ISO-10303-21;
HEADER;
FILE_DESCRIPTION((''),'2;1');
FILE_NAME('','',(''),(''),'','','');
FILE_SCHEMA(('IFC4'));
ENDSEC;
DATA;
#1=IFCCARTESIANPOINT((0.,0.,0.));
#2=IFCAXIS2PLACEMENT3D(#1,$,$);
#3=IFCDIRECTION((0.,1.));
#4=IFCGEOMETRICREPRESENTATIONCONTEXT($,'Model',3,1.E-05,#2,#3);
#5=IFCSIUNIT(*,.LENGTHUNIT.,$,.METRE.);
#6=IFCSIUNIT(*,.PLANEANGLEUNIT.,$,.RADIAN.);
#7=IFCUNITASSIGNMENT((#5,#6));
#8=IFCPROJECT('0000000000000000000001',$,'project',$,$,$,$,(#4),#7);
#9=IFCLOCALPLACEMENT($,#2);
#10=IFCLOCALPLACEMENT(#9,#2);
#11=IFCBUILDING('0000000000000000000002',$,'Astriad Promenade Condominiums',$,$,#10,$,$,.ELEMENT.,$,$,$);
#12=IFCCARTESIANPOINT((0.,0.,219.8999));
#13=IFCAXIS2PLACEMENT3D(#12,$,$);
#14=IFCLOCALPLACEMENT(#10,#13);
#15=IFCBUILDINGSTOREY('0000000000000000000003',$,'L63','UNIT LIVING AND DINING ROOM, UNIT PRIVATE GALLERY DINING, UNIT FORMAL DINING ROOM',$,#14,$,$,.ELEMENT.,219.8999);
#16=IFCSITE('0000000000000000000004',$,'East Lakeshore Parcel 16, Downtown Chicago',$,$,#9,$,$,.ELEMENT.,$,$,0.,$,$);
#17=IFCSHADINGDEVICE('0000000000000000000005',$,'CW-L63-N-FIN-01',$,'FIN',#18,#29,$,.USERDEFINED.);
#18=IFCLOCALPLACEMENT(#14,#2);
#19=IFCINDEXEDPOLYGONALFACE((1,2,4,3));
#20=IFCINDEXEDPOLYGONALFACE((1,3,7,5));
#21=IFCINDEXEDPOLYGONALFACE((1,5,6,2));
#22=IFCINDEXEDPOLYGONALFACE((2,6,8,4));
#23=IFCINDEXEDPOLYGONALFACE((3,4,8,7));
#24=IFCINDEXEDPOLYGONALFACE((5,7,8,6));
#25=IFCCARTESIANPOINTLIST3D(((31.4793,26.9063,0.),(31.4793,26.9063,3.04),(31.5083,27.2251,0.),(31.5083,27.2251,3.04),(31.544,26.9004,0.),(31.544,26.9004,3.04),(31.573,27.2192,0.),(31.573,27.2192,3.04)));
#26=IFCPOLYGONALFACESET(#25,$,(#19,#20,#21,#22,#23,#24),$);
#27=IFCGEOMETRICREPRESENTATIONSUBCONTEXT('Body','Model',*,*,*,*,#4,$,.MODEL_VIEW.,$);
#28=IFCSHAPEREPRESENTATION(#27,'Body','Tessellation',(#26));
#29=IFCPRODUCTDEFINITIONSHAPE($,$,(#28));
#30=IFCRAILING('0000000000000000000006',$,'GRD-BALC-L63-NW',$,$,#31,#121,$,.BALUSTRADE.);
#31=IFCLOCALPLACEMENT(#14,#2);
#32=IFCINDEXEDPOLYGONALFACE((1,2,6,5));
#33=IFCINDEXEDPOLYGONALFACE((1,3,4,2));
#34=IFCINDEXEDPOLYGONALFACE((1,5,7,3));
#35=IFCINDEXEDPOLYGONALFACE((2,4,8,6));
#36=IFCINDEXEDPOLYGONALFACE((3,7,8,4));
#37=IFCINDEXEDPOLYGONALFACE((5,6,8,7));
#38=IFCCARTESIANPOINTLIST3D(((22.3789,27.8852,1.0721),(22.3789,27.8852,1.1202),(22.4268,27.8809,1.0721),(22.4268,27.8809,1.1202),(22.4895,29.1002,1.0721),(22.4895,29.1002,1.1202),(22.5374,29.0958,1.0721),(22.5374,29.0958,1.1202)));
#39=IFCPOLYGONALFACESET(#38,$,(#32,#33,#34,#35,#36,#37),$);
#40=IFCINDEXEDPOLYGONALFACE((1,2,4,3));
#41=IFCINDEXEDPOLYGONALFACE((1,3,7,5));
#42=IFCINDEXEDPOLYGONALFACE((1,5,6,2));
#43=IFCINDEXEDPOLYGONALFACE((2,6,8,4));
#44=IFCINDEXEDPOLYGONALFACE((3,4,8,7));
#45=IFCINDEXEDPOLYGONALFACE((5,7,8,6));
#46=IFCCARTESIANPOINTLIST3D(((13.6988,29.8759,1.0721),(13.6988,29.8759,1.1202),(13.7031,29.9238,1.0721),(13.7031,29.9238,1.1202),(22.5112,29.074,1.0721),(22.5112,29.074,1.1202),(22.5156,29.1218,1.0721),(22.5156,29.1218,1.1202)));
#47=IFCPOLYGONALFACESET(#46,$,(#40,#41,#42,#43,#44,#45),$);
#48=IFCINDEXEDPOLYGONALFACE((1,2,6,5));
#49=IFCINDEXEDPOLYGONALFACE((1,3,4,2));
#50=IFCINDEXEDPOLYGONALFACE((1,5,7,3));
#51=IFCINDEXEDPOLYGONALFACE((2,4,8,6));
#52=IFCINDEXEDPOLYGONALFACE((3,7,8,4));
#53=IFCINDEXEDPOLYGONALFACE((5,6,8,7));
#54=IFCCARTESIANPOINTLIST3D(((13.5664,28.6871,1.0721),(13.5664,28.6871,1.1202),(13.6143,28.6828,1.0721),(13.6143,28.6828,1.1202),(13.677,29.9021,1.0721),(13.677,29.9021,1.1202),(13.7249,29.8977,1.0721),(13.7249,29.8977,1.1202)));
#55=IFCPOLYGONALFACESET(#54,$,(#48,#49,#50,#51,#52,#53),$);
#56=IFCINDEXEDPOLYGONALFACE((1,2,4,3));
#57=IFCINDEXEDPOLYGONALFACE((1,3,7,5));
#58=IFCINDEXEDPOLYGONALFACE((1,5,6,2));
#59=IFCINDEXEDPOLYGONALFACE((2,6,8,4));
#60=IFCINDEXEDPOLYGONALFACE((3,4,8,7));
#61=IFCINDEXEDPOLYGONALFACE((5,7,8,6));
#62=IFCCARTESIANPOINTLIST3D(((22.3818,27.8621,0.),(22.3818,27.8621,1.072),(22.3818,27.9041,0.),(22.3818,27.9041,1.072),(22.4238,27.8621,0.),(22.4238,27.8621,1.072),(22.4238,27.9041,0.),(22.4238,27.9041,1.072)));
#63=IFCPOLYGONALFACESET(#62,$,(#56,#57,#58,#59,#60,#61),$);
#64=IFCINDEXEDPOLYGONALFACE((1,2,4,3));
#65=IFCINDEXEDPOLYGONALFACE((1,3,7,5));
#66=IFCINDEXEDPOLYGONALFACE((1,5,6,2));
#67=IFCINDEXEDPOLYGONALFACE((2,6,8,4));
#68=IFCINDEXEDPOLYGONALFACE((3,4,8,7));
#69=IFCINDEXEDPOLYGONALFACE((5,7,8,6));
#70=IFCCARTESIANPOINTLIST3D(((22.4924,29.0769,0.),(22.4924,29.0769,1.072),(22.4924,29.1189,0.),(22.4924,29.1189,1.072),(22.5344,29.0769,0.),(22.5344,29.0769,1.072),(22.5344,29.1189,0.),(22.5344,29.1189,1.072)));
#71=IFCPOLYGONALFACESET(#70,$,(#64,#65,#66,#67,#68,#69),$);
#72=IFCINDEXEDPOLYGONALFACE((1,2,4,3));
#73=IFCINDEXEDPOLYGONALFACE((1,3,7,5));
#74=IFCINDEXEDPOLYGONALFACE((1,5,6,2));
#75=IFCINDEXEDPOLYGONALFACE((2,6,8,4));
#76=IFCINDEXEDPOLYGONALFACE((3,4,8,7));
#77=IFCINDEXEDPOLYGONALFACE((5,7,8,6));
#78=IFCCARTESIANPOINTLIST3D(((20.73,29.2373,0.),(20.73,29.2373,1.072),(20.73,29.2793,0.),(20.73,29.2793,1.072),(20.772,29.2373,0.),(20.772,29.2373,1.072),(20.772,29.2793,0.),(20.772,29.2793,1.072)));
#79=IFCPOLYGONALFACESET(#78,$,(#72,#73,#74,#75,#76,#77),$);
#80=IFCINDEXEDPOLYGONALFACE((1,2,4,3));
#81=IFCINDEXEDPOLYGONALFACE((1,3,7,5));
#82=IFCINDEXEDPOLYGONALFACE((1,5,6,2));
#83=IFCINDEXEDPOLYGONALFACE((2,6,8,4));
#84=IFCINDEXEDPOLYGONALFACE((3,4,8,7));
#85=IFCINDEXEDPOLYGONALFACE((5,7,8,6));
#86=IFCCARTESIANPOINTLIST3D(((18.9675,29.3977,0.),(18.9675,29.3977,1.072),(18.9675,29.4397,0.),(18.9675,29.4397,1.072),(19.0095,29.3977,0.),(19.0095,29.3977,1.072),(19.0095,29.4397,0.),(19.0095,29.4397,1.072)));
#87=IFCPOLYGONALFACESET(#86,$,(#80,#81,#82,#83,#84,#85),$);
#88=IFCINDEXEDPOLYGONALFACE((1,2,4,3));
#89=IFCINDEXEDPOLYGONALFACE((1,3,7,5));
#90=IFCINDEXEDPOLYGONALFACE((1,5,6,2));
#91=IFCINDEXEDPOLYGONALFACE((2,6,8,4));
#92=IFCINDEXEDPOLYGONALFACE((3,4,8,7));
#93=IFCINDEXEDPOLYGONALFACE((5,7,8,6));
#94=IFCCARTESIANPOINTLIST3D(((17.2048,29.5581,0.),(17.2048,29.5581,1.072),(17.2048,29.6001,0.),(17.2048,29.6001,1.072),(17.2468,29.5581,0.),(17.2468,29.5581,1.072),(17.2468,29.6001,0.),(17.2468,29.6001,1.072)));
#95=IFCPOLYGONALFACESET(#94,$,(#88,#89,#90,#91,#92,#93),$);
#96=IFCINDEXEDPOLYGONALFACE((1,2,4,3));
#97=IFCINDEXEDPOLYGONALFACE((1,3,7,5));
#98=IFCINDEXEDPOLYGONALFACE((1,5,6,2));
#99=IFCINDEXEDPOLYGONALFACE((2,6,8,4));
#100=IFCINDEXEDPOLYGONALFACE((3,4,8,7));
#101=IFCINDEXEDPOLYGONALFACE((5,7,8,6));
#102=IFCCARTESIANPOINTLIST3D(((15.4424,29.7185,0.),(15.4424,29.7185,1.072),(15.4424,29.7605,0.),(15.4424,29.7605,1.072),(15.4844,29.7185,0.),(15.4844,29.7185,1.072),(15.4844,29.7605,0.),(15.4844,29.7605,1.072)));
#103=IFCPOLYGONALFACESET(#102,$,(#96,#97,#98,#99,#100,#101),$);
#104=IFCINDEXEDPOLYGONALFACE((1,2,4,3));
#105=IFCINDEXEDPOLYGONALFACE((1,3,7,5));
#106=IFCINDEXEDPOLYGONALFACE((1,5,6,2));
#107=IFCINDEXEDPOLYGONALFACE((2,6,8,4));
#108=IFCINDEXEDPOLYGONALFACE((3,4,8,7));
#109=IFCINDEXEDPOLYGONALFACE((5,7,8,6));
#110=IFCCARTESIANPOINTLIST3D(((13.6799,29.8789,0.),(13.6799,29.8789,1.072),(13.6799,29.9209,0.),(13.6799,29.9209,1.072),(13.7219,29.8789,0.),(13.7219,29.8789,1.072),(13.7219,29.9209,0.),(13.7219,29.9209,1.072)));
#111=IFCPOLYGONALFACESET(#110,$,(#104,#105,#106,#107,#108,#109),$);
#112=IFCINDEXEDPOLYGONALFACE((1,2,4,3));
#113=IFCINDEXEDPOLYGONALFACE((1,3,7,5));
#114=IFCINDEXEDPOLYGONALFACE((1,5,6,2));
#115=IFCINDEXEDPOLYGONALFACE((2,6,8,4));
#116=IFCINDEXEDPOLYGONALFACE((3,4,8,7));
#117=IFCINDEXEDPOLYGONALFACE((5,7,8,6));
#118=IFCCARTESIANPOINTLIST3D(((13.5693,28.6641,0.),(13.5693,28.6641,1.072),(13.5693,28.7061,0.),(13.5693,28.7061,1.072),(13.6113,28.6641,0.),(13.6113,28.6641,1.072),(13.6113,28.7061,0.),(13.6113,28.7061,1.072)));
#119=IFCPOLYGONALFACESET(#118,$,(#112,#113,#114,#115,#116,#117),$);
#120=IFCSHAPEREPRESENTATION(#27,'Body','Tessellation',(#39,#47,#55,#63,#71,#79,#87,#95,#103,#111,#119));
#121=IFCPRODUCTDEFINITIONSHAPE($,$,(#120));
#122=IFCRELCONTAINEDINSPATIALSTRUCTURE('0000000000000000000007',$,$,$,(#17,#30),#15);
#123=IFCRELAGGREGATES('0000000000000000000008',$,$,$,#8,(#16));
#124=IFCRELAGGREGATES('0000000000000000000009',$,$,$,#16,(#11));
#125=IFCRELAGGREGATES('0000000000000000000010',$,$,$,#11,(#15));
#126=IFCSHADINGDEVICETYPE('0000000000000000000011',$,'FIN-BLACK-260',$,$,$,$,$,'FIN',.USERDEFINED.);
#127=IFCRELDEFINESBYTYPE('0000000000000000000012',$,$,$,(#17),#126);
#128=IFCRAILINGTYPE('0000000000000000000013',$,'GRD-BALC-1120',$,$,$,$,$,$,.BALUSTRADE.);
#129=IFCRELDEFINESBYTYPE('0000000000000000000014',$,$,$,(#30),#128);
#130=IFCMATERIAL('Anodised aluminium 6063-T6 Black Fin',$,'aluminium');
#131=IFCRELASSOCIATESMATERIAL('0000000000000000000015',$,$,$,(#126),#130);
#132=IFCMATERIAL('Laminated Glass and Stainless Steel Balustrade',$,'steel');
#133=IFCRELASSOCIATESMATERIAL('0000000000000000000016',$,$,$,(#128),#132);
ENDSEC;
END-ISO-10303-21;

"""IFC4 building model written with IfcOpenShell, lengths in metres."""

from ifc_helpers import new_model, si_unit, direction, frame, origin, origin_2d, place, context, subcontext, project, spatial, rectangle, extrude, source, transform, mapped, material, type_object, type_shapes, element, save


model = new_model("IFC4")

# Units and contexts
model_context = context("Model", 3, precision=1e-05, world=origin(), true_north=direction((0.0, 1.0)))
body_context = subcontext(model_context, "Body", "Model", "MODEL_VIEW")
ifc_project = project(units=[si_unit("LENGTHUNIT", "METRE"), si_unit("PLANEANGLEUNIT", "RADIAN")], contexts=[model_context])

# Site, building, storey
site_placement = place(None, origin())
site = spatial("IfcSite", under=ifc_project, at=site_placement, Name="East Lakeshore Parcel 16, Downtown Chicago", CompositionType="ELEMENT", RefElevation=0.0)
building_placement = place(site_placement, origin())
building = spatial("IfcBuilding", under=site, at=building_placement, Name="Astriad Promenade Condominiums", CompositionType="ELEMENT")
storey_placement = place(building_placement, frame((0.0, 0.0, 219.8999)))
storey = spatial("IfcBuildingStorey", under=building, at=storey_placement, Name="L63", Description="UNIT LIVING AND DINING ROOM, UNIT PRIVATE GALLERY DINING, UNIT FORMAL DINING ROOM", CompositionType="ELEMENT", Elevation=219.8999)

# Shading device
ifc_material_1 = material(Name="Anodised aluminium 6063-T6 Black Fin", Category="aluminium")
shading_device_type = type_object("IfcShadingDeviceType", Name="FIN-BLACK-260", ElementType="FIN", PredefinedType="USERDEFINED", material=ifc_material_1)
shared_shape_1 = source(origin(), body_context, "Body", "SweptSolid", [
    extrude(rectangle(XDim=0.0649, YDim=0.3201, at=origin_2d()), origin(), (0.0, 0.0, 1.0), 3.04),
])
type_shapes(shading_device_type, [shared_shape_1])
shading_device_placement = place(storey_placement, frame((31.5261, 27.0627, 0.0), z_axis=(0.0, 0.0, 1.0), x_axis=(0.995884, -0.090633, 0.0)))
element("IfcShadingDevice", 1, at=shading_device_placement, inside=storey, type_object=shading_device_type, Name="CW-L63-N-FIN-01", ObjectType="FIN", PredefinedType="USERDEFINED", context=body_context, shape_type="MappedRepresentation", body=[
    mapped(shared_shape_1, transform((0.0, 0.0, 0.0), scale=1.0)),
])

# Railing
ifc_material_2 = material(Name="Laminated Glass and Stainless Steel Balustrade", Category="steel")
railing_type = type_object("IfcRailingType", Name="GRD-BALC-1120", PredefinedType="BALUSTRADE", material=ifc_material_2)
shared_shape_2 = source(origin(), body_context, "Body", "SweptSolid", [
    extrude(rectangle(XDim=0.0481, YDim=0.0481, at=origin_2d()), frame((0.0, 0.0, 1.0962), z_axis=(0.090662, 0.995882, 0.0), x_axis=(-0.995882, 0.090662, 0.0)), (0.0, 0.0, 1.0), 1.22),
    extrude(rectangle(XDim=0.0481, YDim=0.0481, at=origin_2d()), frame((0.1106, 1.2148, 1.0962), z_axis=(-0.995884, 0.090633, 0.0), x_axis=(-0.090633, -0.995884, 0.0)), (0.0, 0.0, 1.0), 8.8489),
    extrude(rectangle(XDim=0.0481, YDim=0.0481, at=origin_2d()), frame((-8.7019, 2.0168, 1.0962), z_axis=(-0.090662, -0.995882, 0.0), x_axis=(0.995882, -0.090662, 0.0)), (0.0, 0.0, 1.0), 1.22),
    extrude(rectangle(XDim=0.042, YDim=0.042, at=origin_2d()), origin(), (0.0, 0.0, 1.0), 1.072),
    extrude(rectangle(XDim=0.042, YDim=0.042, at=origin_2d()), frame((0.1106, 1.2148, 0.0)), (0.0, 0.0, 1.0), 1.072),
    extrude(rectangle(XDim=0.042, YDim=0.042, at=origin_2d()), frame((-1.6519, 1.3752, 0.0)), (0.0, 0.0, 1.0), 1.072),
    extrude(rectangle(XDim=0.042, YDim=0.042, at=origin_2d()), frame((-3.4143, 1.5356, 0.0)), (0.0, 0.0, 1.0), 1.072),
    extrude(rectangle(XDim=0.042, YDim=0.042, at=origin_2d()), frame((-5.177, 1.696, 0.0)), (0.0, 0.0, 1.0), 1.072),
    extrude(rectangle(XDim=0.042, YDim=0.042, at=origin_2d()), frame((-6.9395, 1.8564, 0.0)), (0.0, 0.0, 1.0), 1.072),
    extrude(rectangle(XDim=0.042, YDim=0.042, at=origin_2d()), frame((-8.7019, 2.0168, 0.0)), (0.0, 0.0, 1.0), 1.072),
    extrude(rectangle(XDim=0.042, YDim=0.042, at=origin_2d()), frame((-8.8125, 0.802, 0.0)), (0.0, 0.0, 1.0), 1.072),
])
type_shapes(railing_type, [shared_shape_2])
railing_placement = place(storey_placement, frame((22.4028, 27.8831, 0.0)))
element("IfcRailing", 2, at=railing_placement, inside=storey, type_object=railing_type, Name="GRD-BALC-L63-NW", PredefinedType="BALUSTRADE", context=body_context, shape_type="MappedRepresentation", body=[
    mapped(shared_shape_2, transform((0.0, 0.0, 0.0), scale=1.0)),
])

save(model, "model.ifc")
